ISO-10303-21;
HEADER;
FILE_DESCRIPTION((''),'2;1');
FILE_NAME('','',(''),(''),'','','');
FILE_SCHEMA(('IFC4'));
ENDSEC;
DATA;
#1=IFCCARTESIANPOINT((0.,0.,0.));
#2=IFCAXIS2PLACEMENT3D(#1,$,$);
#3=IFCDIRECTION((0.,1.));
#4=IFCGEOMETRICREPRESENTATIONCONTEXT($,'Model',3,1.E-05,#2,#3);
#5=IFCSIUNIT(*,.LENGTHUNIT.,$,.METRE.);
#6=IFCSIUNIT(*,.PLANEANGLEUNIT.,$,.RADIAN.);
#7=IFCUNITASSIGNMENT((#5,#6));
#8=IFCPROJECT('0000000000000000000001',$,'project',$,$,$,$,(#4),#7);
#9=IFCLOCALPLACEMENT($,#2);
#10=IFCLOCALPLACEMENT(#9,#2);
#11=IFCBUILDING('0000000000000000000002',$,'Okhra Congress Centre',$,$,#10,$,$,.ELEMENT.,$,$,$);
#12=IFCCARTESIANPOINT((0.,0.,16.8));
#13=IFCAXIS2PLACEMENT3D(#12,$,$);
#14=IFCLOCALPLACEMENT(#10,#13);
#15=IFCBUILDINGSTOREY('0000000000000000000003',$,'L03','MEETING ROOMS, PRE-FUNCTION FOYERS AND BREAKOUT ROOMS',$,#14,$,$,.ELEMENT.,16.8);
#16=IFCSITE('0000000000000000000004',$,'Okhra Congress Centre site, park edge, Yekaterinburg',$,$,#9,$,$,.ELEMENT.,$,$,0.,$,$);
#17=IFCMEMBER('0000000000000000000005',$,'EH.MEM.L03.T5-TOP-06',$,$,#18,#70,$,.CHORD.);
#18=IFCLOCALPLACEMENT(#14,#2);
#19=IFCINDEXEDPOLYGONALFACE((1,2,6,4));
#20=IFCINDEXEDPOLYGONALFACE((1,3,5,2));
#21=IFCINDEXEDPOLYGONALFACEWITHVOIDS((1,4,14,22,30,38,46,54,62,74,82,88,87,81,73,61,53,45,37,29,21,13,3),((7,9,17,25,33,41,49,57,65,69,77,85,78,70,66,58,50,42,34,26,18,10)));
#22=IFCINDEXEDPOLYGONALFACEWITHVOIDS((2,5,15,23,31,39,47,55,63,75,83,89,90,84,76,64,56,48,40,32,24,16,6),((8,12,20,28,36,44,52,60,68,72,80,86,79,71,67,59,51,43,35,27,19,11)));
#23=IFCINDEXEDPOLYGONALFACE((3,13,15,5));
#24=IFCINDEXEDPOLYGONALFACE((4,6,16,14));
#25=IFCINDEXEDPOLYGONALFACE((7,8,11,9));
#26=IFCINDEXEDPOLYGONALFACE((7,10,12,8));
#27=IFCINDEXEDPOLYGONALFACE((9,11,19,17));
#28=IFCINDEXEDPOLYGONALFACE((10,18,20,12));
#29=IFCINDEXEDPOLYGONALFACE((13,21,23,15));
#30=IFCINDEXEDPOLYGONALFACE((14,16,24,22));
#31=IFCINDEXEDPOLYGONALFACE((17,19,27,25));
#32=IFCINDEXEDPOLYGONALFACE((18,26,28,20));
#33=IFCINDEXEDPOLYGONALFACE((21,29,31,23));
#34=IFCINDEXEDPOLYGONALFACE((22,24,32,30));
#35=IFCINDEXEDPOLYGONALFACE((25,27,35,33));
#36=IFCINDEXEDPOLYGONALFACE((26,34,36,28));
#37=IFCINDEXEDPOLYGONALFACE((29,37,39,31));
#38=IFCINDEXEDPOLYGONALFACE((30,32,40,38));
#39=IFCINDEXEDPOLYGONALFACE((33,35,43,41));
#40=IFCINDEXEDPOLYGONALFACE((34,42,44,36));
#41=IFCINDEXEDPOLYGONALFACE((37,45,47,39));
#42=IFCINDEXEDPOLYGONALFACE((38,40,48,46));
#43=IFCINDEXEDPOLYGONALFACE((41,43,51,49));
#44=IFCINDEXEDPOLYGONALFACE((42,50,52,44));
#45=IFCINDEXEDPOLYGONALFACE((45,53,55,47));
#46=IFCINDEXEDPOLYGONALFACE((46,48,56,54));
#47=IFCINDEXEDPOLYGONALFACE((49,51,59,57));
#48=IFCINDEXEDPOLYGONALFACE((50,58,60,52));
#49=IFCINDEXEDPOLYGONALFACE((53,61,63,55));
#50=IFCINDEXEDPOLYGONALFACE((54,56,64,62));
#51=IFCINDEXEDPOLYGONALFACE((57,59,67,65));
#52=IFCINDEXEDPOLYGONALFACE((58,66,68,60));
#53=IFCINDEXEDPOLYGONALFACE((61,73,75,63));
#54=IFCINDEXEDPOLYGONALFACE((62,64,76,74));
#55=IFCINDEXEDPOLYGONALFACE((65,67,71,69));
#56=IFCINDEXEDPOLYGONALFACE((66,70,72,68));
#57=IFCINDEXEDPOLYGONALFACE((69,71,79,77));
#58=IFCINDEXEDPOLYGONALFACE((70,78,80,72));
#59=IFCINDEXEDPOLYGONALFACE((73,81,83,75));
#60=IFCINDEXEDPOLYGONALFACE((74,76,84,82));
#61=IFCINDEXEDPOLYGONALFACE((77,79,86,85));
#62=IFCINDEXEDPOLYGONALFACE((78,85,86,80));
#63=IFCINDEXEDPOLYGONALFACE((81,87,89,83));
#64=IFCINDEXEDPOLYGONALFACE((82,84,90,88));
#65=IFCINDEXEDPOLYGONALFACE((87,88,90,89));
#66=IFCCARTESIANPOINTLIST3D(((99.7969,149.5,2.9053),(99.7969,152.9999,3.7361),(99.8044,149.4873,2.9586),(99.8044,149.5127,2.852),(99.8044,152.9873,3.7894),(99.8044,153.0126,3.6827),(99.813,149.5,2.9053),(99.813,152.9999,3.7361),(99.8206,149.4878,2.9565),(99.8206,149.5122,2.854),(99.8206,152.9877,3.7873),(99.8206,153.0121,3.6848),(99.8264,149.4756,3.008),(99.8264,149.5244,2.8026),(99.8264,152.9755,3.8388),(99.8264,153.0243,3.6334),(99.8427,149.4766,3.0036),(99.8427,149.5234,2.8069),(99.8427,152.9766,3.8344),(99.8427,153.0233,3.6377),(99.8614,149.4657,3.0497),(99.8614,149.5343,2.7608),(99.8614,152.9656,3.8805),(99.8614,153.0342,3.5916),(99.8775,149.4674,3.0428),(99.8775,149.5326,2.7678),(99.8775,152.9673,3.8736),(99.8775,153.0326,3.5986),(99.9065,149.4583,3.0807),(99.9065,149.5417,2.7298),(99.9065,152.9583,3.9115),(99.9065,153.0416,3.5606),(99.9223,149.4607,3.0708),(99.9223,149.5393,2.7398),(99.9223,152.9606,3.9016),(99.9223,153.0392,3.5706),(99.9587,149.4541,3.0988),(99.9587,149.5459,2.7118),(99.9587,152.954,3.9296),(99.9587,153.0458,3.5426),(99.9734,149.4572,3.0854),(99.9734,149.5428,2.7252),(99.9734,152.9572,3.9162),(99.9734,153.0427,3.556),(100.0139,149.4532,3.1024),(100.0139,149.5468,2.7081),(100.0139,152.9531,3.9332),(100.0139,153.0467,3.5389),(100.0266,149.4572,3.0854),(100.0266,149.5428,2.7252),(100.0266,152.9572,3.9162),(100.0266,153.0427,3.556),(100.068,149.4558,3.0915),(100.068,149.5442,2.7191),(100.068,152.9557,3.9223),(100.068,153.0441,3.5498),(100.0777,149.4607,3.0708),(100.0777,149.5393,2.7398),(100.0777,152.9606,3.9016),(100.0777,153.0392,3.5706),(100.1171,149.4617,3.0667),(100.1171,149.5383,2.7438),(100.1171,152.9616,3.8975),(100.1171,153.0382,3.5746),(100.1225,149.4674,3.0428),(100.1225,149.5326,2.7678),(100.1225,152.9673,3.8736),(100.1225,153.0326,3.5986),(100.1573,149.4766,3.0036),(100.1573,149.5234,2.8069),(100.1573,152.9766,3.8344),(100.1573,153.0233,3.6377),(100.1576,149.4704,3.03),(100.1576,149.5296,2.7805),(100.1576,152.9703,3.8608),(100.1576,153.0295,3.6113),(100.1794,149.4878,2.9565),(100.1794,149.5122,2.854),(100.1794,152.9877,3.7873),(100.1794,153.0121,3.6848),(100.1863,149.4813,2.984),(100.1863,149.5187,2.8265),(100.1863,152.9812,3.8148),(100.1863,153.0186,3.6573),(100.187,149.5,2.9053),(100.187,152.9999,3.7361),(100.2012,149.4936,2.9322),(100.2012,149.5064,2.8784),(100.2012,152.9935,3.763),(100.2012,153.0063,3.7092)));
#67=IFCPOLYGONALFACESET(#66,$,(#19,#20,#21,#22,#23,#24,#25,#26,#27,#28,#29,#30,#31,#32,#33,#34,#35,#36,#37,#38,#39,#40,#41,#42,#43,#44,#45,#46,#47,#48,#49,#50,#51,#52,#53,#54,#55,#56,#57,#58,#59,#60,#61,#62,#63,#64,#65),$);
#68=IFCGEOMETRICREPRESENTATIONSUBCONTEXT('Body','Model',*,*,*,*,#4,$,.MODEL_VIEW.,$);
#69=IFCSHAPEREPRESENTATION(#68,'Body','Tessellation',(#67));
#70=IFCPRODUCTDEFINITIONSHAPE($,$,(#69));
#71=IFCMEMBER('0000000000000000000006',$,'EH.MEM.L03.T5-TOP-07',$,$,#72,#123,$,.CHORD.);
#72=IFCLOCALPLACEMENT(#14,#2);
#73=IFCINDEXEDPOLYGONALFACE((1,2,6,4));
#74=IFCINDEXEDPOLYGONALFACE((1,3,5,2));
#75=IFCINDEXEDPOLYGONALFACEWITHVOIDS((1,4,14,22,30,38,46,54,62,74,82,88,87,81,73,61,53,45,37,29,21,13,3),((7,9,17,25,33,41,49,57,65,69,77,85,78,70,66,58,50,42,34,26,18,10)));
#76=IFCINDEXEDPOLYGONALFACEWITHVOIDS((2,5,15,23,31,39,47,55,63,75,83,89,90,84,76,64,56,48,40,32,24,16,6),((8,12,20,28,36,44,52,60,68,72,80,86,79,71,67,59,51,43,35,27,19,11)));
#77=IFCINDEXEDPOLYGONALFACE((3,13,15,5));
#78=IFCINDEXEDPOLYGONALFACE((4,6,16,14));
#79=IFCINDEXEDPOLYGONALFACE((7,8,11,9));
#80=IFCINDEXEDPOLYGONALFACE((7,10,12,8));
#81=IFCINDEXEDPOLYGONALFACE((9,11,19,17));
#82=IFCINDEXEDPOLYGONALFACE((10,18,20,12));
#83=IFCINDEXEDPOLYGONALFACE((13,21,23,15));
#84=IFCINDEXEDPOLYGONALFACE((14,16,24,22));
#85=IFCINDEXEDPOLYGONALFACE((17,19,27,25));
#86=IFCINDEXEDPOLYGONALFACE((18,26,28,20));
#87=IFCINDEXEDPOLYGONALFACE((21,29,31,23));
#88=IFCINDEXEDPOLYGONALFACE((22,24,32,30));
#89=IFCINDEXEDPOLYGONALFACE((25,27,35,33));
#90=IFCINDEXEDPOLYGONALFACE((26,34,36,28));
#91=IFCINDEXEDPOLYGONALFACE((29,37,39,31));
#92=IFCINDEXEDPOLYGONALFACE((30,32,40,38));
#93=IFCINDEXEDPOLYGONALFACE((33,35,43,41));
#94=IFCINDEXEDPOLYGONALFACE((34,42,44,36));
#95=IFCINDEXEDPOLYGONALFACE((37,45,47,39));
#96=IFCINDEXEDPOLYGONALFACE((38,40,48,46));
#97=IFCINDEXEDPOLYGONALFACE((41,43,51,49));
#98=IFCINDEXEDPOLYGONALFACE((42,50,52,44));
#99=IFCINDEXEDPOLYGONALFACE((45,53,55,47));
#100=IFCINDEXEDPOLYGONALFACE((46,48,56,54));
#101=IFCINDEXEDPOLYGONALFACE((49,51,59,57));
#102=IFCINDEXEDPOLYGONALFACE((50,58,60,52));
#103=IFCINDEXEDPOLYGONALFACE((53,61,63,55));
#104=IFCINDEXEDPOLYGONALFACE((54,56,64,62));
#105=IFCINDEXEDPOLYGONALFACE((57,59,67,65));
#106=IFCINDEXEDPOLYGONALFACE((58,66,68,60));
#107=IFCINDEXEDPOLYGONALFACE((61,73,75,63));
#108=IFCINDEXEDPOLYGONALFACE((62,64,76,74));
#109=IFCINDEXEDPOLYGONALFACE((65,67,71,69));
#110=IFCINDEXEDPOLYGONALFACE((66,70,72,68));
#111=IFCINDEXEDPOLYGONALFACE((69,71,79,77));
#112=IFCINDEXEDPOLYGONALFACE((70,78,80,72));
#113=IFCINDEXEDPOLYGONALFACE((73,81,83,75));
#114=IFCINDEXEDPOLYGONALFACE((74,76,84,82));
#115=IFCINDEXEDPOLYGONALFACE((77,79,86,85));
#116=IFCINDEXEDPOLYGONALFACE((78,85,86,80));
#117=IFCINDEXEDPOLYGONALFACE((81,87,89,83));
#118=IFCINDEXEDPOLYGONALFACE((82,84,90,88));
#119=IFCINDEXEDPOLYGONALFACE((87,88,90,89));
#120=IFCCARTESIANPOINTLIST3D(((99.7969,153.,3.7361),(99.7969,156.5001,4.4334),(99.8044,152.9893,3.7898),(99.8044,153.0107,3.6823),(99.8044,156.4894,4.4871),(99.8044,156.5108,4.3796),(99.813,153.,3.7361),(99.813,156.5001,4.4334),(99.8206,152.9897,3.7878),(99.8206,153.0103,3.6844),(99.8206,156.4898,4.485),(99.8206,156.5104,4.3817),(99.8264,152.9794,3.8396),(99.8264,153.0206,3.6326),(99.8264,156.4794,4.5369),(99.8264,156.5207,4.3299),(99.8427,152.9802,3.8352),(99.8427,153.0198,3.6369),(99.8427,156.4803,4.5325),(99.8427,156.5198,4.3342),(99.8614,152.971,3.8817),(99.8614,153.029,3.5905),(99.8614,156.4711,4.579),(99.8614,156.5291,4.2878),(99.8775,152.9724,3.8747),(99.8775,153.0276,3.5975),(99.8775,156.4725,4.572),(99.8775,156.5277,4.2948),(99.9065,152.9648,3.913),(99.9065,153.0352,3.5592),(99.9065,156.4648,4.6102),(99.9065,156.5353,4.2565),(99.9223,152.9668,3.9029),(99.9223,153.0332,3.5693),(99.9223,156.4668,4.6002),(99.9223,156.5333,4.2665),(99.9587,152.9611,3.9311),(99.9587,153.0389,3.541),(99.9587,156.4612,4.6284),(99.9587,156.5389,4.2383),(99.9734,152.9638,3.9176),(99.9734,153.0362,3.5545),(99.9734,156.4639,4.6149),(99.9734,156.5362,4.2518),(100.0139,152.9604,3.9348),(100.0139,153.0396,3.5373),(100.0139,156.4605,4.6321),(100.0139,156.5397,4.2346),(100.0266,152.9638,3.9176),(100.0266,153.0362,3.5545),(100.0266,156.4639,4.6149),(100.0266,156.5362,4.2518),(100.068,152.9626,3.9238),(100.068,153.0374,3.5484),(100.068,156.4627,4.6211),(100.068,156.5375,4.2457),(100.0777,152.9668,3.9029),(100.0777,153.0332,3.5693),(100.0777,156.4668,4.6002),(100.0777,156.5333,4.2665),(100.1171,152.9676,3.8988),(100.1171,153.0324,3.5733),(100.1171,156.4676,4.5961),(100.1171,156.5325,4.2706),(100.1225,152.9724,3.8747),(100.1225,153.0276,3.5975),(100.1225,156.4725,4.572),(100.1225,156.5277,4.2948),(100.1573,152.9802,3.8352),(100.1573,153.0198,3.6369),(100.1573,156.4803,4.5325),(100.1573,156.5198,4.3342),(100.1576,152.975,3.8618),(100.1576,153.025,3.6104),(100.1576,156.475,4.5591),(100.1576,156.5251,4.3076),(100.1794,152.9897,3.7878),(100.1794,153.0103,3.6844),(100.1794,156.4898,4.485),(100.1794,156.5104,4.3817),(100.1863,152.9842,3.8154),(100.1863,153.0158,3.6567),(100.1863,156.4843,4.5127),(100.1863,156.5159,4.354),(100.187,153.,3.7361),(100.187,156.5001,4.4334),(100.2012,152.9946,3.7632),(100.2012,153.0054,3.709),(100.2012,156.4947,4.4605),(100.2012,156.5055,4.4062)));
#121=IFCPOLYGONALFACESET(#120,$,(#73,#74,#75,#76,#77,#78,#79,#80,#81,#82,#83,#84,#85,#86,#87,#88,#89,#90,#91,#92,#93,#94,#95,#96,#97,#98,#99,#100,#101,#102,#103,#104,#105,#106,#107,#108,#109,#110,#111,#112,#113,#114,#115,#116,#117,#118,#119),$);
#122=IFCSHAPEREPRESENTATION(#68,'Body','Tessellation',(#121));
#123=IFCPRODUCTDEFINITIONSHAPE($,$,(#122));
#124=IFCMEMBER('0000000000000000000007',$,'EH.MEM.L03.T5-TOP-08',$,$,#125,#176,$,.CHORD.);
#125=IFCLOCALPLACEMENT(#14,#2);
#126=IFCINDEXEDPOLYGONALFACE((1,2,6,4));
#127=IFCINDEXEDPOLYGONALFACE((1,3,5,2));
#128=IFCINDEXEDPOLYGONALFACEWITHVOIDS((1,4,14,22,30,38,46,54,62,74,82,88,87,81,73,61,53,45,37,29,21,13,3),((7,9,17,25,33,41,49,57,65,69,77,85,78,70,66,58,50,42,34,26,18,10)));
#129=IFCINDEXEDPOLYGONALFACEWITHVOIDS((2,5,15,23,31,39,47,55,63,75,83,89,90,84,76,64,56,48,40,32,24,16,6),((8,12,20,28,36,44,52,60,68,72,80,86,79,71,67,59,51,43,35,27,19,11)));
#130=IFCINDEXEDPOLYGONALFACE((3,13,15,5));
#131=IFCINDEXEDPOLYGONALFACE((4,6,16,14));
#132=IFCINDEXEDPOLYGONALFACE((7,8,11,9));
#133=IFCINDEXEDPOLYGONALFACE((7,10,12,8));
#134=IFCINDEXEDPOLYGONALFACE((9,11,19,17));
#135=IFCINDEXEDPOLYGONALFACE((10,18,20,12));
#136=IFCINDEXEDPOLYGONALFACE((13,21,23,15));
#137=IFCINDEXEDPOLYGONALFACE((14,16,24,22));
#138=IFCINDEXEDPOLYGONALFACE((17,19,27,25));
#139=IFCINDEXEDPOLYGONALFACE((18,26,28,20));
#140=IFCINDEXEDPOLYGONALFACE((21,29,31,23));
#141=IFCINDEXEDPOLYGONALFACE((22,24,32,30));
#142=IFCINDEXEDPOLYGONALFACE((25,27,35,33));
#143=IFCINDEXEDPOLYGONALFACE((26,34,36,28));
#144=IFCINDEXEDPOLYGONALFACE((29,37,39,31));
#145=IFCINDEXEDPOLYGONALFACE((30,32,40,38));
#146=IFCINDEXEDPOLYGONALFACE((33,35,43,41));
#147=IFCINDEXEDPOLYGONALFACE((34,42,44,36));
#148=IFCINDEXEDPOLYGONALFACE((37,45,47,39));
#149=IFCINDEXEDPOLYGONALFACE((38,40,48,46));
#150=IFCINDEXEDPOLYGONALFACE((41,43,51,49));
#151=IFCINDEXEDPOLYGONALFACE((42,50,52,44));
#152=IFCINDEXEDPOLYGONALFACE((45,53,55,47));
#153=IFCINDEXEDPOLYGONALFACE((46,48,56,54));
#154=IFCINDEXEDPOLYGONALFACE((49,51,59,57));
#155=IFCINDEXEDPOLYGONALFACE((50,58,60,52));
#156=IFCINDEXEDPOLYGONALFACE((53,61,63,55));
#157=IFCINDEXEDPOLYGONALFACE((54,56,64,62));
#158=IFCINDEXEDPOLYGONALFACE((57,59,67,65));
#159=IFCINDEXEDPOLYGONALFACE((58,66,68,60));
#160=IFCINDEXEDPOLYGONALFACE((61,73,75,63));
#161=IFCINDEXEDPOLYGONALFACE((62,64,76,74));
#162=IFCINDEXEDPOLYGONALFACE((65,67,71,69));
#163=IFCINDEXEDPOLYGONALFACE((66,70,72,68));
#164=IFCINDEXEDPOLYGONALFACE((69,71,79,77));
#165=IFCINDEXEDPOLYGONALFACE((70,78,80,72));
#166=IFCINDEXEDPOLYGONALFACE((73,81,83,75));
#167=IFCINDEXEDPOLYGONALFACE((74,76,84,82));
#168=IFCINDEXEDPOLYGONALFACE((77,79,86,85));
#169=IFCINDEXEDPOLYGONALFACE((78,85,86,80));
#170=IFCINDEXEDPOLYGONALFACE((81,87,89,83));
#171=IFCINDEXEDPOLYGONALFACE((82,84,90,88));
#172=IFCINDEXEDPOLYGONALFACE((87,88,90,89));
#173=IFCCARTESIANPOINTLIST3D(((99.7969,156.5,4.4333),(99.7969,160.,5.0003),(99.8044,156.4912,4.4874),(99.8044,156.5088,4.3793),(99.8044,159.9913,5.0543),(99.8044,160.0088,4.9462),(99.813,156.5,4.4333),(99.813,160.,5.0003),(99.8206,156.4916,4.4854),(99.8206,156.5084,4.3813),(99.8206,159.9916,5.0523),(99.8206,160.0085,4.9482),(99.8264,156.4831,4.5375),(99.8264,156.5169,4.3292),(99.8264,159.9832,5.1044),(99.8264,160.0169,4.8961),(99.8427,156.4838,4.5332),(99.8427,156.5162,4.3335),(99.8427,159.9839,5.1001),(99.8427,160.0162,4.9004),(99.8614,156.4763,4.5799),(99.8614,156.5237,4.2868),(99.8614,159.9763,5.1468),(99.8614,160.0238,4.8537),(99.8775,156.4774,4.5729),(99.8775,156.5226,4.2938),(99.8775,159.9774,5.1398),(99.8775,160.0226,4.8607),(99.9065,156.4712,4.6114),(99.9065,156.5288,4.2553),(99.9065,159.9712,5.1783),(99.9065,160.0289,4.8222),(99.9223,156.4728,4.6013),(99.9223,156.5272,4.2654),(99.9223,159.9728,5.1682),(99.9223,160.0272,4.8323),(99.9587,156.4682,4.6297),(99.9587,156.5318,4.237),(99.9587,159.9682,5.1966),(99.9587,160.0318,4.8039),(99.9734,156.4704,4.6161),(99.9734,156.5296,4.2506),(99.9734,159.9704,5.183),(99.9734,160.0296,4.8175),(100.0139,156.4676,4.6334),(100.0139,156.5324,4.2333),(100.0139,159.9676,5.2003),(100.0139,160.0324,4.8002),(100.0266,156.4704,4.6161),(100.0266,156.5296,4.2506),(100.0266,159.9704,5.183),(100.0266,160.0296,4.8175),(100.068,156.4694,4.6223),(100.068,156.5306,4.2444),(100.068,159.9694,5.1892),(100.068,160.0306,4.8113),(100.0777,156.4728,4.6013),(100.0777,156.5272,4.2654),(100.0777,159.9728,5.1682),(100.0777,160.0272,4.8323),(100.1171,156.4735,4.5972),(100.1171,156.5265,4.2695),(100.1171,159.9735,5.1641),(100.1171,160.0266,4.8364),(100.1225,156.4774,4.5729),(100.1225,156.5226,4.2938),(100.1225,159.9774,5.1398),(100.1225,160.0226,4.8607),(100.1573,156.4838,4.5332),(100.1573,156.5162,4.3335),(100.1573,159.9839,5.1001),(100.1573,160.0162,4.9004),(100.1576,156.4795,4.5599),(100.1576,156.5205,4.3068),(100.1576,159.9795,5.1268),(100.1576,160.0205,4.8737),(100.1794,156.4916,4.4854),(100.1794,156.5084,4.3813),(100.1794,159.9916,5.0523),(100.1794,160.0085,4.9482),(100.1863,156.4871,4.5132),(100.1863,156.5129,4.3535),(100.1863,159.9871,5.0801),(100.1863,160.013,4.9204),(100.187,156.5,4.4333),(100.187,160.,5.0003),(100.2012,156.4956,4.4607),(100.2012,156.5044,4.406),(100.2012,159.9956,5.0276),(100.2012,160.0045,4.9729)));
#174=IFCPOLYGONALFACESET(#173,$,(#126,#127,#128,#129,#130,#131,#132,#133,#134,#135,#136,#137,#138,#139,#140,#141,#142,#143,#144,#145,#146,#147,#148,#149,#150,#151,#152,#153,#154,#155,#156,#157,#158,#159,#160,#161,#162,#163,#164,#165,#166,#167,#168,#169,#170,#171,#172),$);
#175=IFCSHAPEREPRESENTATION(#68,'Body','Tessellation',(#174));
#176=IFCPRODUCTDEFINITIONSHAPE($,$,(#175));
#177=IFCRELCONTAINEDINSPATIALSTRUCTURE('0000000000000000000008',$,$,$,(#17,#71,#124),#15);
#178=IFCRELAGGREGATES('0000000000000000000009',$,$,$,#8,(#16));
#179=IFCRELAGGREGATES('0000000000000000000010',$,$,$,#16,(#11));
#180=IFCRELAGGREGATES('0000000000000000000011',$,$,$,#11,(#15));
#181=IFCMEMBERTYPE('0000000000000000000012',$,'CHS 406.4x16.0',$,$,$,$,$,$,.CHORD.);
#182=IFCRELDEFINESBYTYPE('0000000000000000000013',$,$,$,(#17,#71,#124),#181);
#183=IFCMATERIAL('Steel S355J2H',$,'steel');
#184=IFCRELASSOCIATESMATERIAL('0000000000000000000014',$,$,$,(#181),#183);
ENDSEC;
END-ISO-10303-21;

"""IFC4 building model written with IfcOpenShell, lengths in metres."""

from ifc_helpers import new_model, si_unit, direction, frame, origin, origin_2d, place, context, subcontext, project, spatial, hollow_circle, extrude, material, material_profile, profile_set, type_object, element, save


model = new_model("IFC4")

# Units and contexts
model_context = context("Model", 3, precision=1e-05, world=origin(), true_north=direction((0.0, 1.0)))
body_context = subcontext(model_context, "Body", "Model", "MODEL_VIEW")
ifc_project = project(units=[si_unit("LENGTHUNIT", "METRE"), si_unit("PLANEANGLEUNIT", "RADIAN")], contexts=[model_context])

# Site, building, storey
site_placement = place(None, origin())
site = spatial("IfcSite", under=ifc_project, at=site_placement, Name="Okhra Congress Centre site, park edge, Yekaterinburg", CompositionType="ELEMENT", RefElevation=0.0)
building_placement = place(site_placement, origin())
building = spatial("IfcBuilding", under=site, at=building_placement, Name="Okhra Congress Centre", CompositionType="ELEMENT")
storey_placement = place(building_placement, frame((0.0, 0.0, 16.8)))
storey = spatial("IfcBuildingStorey", under=building, at=storey_placement, Name="L03", Description="MEETING ROOMS, PRE-FUNCTION FOYERS AND BREAKOUT ROOMS", CompositionType="ELEMENT", Elevation=16.8)

# Members
ifc_material_1 = material(Name="Steel S355J2H", Category="steel")
ifc_material_profile_1 = material_profile(ifc_material_1, hollow_circle(Radius=0.2031, WallThickness=0.0161, at=origin_2d()), Name="CHS 406.4x16.0")
ifc_profile_set_1 = profile_set([ifc_material_profile_1], Name="Steel S355J2H")
member_type_1 = type_object("IfcMemberType", Name="CHS 406.4x16.0", PredefinedType="CHORD", material=ifc_profile_set_1)
member_1_placement = place(storey_placement, frame((100.0, 149.5, 2.9053), z_axis=(0.0, 0.972964, 0.230957), x_axis=(-1.0, 0.0, 0.0)))
element("IfcMember", 1, at=member_1_placement, inside=storey, type_object=member_type_1, Name="EH.MEM.L03.T5-TOP-06", PredefinedType="CHORD", context=body_context, shape_type="SweptSolid", body=[
    extrude(hollow_circle(Radius=0.2031, WallThickness=0.0161, at=origin_2d()), origin(), (0.0, 0.0, 1.0), 3.5972),
])
member_2_placement = place(storey_placement, frame((100.0, 153.0, 3.7361), z_axis=(0.0, 0.980728, 0.195379), x_axis=(-1.0, 0.0, 0.0)))
element("IfcMember", 2, at=member_2_placement, inside=storey, type_object=member_type_1, Name="EH.MEM.L03.T5-TOP-07", PredefinedType="CHORD", context=body_context, shape_type="SweptSolid", body=[
    extrude(hollow_circle(Radius=0.2031, WallThickness=0.0161, at=origin_2d()), origin(), (0.0, 0.0, 1.0), 3.5688),
])
member_3_placement = place(storey_placement, frame((100.0, 156.5, 4.4333), z_axis=(0.0, 0.987135, 0.159886), x_axis=(-1.0, 0.0, 0.0)))
element("IfcMember", 3, at=member_3_placement, inside=storey, type_object=member_type_1, Name="EH.MEM.L03.T5-TOP-08", PredefinedType="CHORD", context=body_context, shape_type="SweptSolid", body=[
    extrude(hollow_circle(Radius=0.2031, WallThickness=0.0161, at=origin_2d()), origin(), (0.0, 0.0, 1.0), 3.5457),
])

save(model, "model.ifc")
